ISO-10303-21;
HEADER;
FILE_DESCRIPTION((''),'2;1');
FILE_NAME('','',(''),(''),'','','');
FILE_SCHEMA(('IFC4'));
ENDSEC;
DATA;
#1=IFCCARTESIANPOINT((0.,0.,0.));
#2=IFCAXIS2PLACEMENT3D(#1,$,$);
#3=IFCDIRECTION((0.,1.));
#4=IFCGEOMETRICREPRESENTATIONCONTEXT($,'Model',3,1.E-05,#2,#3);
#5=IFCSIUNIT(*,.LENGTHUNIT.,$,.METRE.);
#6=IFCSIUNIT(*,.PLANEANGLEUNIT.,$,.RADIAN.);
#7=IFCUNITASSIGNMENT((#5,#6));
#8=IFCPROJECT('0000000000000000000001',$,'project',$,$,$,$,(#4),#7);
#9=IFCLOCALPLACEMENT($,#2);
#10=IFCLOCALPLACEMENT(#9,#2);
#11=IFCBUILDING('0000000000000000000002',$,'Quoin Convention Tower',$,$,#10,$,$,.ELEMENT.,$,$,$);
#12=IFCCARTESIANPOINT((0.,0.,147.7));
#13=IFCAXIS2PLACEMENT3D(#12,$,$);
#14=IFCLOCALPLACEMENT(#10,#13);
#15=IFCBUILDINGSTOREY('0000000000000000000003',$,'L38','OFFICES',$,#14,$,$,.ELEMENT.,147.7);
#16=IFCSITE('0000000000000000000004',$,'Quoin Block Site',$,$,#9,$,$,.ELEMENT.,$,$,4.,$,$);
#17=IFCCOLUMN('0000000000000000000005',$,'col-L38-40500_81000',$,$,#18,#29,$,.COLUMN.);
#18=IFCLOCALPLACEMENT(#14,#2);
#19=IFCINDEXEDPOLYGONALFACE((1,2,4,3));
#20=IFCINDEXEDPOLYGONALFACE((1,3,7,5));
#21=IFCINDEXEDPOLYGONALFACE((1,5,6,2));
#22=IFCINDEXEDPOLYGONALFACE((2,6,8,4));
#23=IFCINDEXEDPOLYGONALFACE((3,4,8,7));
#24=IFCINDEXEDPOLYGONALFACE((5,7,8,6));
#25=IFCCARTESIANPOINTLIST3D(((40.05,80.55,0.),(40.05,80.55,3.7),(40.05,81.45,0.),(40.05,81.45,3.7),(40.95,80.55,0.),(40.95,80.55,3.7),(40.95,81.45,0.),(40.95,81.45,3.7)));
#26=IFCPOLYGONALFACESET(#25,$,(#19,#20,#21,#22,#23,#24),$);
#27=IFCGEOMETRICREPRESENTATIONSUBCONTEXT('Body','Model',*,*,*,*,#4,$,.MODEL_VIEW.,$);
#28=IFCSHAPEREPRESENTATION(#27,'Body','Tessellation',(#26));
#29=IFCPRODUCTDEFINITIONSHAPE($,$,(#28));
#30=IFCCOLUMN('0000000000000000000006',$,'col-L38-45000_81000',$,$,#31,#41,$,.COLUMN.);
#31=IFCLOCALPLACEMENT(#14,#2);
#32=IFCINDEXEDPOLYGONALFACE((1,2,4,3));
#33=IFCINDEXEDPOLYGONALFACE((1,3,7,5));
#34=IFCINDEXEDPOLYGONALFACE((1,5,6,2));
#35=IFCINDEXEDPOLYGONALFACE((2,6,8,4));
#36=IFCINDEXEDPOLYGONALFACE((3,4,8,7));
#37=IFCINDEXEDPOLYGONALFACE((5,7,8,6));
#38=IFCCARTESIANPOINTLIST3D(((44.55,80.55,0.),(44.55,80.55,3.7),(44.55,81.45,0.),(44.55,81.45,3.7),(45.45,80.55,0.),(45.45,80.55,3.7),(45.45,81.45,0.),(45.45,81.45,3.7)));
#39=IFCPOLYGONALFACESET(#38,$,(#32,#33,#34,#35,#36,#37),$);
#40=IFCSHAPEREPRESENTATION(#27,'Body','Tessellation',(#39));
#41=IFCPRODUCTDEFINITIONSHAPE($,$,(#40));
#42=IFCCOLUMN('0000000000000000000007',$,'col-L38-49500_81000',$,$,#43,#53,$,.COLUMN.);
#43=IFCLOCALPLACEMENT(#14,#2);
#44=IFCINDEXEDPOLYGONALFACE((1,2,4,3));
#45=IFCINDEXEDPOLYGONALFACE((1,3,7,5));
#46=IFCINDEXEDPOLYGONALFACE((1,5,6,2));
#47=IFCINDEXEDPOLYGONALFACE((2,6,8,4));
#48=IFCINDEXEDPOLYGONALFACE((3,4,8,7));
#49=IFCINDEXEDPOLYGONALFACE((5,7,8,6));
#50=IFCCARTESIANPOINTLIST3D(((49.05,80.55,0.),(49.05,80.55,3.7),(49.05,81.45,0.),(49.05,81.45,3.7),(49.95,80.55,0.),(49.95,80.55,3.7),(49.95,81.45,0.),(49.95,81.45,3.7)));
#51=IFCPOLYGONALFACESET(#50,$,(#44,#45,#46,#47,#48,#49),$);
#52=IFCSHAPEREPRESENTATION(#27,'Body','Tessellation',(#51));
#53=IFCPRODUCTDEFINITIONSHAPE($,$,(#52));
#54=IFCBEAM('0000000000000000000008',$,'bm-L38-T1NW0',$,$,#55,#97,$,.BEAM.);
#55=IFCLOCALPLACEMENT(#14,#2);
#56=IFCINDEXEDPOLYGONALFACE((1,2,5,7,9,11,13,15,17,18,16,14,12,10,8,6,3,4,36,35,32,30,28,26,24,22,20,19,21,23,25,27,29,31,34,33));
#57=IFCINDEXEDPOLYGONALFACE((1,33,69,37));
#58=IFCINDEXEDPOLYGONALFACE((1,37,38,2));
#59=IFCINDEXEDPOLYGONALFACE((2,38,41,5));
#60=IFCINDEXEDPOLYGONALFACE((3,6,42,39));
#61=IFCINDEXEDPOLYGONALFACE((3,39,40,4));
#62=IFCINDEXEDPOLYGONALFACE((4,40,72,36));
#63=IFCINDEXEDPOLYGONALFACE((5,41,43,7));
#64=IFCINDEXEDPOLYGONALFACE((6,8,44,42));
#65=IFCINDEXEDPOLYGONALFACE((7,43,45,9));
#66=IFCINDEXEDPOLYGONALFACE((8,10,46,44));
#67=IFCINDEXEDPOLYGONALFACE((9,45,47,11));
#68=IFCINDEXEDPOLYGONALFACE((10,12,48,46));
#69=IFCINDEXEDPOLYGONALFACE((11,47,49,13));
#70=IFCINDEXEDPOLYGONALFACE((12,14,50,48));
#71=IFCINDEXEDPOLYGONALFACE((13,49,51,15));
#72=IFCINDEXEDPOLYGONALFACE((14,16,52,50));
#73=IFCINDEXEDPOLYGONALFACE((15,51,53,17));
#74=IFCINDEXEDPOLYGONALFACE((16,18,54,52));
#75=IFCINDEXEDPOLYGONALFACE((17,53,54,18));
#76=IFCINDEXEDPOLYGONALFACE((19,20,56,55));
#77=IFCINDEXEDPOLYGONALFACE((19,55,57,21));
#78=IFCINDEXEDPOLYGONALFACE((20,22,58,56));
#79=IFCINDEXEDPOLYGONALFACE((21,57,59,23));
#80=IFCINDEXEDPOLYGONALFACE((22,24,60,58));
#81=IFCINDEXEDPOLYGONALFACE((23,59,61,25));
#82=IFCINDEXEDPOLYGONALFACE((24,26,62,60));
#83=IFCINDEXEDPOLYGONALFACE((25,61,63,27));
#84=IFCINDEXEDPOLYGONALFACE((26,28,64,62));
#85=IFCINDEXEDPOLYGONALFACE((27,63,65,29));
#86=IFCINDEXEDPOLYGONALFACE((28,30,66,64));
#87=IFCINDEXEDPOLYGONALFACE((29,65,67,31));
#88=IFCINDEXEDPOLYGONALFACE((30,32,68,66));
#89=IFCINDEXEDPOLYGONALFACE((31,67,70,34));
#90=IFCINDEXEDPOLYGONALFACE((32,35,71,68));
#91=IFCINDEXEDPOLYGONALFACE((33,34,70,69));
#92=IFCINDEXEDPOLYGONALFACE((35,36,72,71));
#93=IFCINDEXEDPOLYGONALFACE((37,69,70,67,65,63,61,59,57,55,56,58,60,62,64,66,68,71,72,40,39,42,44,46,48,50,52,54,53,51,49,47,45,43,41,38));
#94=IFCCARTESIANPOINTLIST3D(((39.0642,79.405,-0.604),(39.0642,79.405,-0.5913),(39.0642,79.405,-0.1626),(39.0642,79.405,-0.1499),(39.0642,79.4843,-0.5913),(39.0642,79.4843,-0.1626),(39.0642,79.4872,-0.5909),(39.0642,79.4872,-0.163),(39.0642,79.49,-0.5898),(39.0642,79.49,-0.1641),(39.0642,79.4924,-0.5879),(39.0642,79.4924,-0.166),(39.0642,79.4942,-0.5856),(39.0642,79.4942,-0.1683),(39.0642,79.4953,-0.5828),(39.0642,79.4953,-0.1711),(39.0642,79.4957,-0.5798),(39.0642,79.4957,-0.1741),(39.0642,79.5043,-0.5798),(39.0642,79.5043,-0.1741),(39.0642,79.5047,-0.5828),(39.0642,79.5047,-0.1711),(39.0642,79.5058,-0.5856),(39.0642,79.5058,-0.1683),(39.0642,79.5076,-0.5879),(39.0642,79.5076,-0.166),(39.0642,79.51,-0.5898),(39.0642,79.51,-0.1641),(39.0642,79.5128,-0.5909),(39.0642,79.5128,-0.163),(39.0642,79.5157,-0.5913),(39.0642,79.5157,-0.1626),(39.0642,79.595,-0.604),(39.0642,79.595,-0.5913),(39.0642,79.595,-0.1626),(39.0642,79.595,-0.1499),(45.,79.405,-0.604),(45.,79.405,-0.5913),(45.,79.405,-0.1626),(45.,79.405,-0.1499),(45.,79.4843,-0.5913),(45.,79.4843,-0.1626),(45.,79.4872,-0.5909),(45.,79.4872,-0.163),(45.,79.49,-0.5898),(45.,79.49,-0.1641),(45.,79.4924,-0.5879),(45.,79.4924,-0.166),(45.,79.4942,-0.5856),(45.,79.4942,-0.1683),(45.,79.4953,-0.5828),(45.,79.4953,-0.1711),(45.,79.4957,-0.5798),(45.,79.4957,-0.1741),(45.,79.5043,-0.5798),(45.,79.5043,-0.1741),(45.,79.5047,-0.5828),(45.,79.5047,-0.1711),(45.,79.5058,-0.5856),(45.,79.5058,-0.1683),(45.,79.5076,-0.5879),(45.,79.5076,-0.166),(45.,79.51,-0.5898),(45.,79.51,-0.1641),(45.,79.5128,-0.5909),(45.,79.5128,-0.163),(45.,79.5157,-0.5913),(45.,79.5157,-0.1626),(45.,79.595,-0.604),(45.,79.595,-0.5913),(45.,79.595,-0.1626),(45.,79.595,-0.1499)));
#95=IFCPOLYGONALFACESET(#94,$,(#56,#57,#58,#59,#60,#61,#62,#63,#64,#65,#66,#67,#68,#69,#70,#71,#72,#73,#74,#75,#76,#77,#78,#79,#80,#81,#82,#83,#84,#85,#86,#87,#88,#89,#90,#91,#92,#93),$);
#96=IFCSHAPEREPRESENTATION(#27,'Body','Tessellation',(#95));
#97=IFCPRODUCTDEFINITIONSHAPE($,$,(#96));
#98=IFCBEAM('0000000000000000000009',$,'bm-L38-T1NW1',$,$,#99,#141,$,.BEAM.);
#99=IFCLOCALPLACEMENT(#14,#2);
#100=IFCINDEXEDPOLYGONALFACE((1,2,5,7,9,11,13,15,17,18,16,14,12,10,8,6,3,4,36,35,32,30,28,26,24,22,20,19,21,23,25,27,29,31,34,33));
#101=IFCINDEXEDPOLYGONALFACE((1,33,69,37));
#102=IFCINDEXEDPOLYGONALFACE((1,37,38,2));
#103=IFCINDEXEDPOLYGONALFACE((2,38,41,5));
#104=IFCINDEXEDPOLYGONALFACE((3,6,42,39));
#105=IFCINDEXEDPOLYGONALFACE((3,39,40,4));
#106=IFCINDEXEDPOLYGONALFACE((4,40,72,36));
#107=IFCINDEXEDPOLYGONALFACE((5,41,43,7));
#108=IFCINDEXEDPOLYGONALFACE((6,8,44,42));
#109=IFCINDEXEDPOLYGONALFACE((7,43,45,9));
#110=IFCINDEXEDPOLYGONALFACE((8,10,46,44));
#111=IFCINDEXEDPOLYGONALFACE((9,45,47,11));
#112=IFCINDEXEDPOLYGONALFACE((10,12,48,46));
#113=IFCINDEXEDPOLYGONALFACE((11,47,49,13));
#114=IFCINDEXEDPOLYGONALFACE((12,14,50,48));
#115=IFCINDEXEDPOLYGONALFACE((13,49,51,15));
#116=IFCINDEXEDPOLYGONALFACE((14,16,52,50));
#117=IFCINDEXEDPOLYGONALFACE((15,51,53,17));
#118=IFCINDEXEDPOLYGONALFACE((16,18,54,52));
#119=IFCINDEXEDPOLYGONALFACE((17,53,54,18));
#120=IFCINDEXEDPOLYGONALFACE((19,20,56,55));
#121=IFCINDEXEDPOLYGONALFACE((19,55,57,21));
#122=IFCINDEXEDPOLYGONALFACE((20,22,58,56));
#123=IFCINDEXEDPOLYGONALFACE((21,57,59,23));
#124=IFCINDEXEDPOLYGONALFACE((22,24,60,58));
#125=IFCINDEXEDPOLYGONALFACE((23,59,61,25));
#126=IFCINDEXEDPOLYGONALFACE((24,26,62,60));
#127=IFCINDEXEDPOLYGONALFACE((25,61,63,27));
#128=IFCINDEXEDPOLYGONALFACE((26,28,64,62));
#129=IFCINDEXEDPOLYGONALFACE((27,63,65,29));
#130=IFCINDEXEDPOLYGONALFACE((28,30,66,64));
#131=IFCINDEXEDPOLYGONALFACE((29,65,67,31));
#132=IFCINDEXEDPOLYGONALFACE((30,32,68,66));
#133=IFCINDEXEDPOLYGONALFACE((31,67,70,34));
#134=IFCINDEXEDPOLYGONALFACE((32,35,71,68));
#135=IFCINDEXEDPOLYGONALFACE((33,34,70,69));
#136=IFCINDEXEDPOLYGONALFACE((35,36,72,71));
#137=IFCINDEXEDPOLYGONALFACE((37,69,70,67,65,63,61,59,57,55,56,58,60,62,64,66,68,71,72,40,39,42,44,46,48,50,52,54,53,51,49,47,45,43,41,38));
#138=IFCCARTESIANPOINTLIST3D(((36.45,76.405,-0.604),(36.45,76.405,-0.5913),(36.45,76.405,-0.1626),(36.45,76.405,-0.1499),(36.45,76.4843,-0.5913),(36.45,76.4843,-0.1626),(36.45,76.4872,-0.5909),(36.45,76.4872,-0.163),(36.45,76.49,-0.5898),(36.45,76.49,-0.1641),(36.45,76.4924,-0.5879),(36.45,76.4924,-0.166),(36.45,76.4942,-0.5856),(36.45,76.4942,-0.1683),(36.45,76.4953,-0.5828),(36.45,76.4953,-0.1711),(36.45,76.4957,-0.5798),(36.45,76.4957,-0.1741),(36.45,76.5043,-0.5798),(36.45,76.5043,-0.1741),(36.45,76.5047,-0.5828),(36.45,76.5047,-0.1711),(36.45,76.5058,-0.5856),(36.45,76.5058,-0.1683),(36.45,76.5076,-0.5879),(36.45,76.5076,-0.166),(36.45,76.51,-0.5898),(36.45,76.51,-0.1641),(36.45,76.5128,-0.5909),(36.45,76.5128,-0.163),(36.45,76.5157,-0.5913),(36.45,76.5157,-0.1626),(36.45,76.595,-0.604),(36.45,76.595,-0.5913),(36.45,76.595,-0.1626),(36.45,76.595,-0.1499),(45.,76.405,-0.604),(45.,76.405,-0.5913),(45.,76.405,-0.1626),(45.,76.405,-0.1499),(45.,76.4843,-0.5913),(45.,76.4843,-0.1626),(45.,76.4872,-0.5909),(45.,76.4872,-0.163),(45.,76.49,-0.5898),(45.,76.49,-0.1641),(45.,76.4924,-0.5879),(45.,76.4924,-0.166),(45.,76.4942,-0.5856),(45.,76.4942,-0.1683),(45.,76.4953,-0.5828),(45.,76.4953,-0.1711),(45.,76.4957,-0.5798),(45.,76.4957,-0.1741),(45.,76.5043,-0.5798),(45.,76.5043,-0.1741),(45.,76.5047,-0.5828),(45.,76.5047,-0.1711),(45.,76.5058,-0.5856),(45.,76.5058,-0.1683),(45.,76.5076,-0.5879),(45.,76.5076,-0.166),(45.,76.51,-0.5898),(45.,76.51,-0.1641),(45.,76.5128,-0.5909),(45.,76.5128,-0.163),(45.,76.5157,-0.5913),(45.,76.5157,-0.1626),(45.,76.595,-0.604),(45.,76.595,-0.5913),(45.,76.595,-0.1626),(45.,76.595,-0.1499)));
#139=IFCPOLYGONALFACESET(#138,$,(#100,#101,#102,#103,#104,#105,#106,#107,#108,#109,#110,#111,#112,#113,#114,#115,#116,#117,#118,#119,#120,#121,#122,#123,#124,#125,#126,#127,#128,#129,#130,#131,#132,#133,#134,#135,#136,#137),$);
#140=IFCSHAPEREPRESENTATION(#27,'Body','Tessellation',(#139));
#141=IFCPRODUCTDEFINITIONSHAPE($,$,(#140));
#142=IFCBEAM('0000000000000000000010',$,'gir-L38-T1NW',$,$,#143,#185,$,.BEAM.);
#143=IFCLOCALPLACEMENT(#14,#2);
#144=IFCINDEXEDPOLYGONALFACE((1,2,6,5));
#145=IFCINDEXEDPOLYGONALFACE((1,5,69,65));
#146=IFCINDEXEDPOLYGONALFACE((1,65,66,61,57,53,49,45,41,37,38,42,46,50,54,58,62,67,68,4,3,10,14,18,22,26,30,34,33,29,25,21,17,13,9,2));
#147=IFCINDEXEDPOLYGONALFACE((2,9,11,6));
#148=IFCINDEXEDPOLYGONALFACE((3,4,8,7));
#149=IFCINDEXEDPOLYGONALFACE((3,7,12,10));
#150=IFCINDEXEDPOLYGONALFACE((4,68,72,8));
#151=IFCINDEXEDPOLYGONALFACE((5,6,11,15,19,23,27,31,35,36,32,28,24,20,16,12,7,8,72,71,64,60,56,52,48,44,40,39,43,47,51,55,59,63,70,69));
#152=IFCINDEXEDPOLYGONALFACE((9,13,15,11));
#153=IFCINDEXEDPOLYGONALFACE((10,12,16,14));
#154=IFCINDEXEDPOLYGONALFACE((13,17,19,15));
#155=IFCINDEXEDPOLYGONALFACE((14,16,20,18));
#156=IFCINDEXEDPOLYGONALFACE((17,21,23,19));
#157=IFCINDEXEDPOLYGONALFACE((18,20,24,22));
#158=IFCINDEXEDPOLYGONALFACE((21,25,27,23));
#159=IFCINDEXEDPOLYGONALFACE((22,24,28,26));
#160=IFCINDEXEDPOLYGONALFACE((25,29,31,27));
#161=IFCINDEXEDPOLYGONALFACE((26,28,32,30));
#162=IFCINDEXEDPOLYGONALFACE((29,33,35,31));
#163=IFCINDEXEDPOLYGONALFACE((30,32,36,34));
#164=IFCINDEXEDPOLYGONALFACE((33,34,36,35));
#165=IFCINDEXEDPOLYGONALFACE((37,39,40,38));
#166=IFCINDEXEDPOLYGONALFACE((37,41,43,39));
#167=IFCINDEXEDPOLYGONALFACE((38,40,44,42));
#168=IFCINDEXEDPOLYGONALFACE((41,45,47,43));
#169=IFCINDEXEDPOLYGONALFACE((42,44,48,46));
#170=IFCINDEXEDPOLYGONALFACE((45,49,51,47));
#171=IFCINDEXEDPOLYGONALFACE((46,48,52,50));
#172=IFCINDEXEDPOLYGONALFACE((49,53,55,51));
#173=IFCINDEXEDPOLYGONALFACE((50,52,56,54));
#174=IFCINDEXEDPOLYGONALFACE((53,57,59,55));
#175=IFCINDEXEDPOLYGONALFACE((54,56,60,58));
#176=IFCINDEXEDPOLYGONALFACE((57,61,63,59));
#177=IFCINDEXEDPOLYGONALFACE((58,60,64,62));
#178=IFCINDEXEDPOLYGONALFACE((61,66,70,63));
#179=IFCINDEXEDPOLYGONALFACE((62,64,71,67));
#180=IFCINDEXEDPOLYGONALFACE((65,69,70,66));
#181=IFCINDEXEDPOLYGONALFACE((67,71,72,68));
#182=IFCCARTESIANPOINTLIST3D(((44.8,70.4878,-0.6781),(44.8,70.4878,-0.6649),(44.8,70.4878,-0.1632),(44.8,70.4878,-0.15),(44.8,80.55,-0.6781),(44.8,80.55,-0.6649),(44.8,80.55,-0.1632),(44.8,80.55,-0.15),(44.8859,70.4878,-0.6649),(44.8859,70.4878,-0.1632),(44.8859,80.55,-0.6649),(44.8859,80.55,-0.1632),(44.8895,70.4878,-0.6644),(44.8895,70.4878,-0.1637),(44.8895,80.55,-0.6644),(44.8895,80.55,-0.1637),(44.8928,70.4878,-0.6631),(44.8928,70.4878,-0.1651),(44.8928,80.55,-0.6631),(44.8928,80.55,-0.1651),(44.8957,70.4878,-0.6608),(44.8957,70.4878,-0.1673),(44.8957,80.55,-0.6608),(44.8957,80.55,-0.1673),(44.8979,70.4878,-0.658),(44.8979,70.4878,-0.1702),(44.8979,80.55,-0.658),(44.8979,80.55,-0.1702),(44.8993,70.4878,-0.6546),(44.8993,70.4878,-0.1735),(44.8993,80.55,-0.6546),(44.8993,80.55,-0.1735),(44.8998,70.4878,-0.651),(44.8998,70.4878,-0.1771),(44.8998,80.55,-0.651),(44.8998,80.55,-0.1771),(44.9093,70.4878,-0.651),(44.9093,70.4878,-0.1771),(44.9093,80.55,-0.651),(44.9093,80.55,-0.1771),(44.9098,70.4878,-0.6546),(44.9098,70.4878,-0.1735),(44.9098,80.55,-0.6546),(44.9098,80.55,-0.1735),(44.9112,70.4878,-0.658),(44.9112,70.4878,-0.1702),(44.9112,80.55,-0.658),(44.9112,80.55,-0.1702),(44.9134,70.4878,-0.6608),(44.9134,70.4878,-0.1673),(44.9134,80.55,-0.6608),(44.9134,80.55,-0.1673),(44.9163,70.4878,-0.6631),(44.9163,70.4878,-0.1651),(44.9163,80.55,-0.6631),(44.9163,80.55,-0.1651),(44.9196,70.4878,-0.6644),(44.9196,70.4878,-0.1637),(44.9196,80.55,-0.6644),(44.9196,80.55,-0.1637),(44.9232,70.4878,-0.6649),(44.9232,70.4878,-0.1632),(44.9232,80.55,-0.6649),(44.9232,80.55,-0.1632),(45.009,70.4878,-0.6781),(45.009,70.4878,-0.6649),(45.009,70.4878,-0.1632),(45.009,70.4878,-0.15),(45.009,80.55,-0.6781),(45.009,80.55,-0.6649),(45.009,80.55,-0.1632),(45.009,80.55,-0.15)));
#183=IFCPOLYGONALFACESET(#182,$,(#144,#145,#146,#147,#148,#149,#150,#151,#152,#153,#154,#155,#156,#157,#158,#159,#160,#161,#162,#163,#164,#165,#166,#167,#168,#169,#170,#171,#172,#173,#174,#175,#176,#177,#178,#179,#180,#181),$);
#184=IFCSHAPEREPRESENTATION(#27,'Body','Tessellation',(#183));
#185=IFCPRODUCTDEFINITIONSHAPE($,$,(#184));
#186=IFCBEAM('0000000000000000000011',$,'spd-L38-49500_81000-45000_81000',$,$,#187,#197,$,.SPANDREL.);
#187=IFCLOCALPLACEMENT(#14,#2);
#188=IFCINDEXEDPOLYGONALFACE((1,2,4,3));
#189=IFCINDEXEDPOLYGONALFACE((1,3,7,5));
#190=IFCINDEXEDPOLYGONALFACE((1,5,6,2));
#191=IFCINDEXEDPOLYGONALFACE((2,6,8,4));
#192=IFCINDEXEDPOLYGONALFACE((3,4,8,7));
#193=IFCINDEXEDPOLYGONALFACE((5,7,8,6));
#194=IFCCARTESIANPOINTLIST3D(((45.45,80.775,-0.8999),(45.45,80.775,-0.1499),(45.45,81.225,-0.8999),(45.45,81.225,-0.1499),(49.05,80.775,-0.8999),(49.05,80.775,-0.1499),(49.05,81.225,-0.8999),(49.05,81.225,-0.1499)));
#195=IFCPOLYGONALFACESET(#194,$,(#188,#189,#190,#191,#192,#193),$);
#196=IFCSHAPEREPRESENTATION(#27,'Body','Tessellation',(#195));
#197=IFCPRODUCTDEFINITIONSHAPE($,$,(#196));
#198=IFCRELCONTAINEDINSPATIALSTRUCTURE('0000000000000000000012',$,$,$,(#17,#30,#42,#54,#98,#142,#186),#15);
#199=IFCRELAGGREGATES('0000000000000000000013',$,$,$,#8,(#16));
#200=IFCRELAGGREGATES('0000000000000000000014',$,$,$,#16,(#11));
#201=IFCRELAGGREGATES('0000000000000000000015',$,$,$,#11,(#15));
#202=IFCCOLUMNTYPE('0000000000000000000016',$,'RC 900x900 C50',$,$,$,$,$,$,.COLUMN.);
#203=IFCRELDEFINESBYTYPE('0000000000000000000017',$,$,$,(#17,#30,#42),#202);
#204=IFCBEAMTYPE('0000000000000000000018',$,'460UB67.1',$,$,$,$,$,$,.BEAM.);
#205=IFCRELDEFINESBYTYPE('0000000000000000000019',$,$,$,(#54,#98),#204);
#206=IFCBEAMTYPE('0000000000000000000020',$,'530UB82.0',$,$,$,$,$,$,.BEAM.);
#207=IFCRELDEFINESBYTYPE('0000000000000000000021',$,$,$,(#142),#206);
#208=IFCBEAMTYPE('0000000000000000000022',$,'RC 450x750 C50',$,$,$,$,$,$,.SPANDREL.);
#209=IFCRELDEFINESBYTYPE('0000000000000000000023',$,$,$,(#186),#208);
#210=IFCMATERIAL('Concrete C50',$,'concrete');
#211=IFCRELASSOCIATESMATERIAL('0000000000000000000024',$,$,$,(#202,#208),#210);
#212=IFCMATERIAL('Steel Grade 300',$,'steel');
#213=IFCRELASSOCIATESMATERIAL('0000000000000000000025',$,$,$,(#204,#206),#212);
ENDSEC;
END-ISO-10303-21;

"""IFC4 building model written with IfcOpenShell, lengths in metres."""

from ifc_helpers import new_model, si_unit, direction, frame, origin, origin_2d, place, context, subcontext, project, spatial, rectangle, i_section, extrude, material, material_profile, profile_set, type_object, element, save


model = new_model("IFC4")

# Units and contexts
model_context = context("Model", 3, precision=1e-05, world=origin(), true_north=direction((0.0, 1.0)))
body_context = subcontext(model_context, "Body", "Model", "MODEL_VIEW")
ifc_project = project(units=[si_unit("LENGTHUNIT", "METRE"), si_unit("PLANEANGLEUNIT", "RADIAN")], contexts=[model_context])

# Site, building, storey
site_placement = place(None, origin())
site = spatial("IfcSite", under=ifc_project, at=site_placement, Name="Quoin Block Site", CompositionType="ELEMENT", RefElevation=4.0)
building_placement = place(site_placement, origin())
building = spatial("IfcBuilding", under=site, at=building_placement, Name="Quoin Convention Tower", CompositionType="ELEMENT")
storey_placement = place(building_placement, frame((0.0, 0.0, 147.7)))
storey = spatial("IfcBuildingStorey", under=building, at=storey_placement, Name="L38", Description="OFFICES", CompositionType="ELEMENT", Elevation=147.7)

# Columns
ifc_material_1 = material(Name="Concrete C50", Category="concrete")
ifc_material_profile_1 = material_profile(ifc_material_1, rectangle(XDim=0.8999, YDim=0.8999, at=origin_2d()), Name="RC 900x900")
ifc_profile_set_1 = profile_set([ifc_material_profile_1], Name="Concrete C50")
column_type = type_object("IfcColumnType", Name="RC 900x900 C50", PredefinedType="COLUMN", material=ifc_profile_set_1)
for number, where, z_axis, x_axis, name in (
    (1, (40.5, 81.0, 0.0), (0.0, 0.0, 1.0), (1.0, 0.0, 0.0), "col-L38-40500_81000"),
    (2, (45.0, 81.0, 0.0), (0.0, 0.0, 1.0), (1.0, 0.0, 0.0), "col-L38-45000_81000"),
    (3, (49.5, 81.0, 0.0), (0.0, 0.0, 1.0), (1.0, 0.0, 0.0), "col-L38-49500_81000"),
):
    element("IfcColumn", number, at=place(storey_placement, frame(where, z_axis=z_axis, x_axis=x_axis)), inside=storey, type_object=column_type, Name=name, PredefinedType="COLUMN", context=body_context, shape_type="SweptSolid", body=[
        extrude(rectangle(XDim=0.8999, YDim=0.8999, at=origin_2d()), origin(), (0.0, 0.0, 1.0), 3.7),
    ])

# Beams
ifc_material_2 = material(Name="Steel Grade 300", Category="steel")
ifc_material_profile_2 = material_profile(ifc_material_2, i_section(OverallWidth=0.1899, OverallDepth=0.4541, WebThickness=0.0085, FlangeThickness=0.0127, FilletRadius=0.0115, at=origin_2d()), Name="460UB67.1")
ifc_profile_set_2 = profile_set([ifc_material_profile_2], Name="Steel Grade 300")
beam_type_1 = type_object("IfcBeamType", Name="460UB67.1", PredefinedType="BEAM", material=ifc_profile_set_2)
beam_1_placement = place(storey_placement, frame((39.0642, 79.5, -0.377), z_axis=(1.0, 0.0, 0.0), x_axis=(0.0, 1.0, 0.0)))
element("IfcBeam", 4, at=beam_1_placement, inside=storey, type_object=beam_type_1, Name="bm-L38-T1NW0", PredefinedType="BEAM", context=body_context, shape_type="SweptSolid", body=[
    extrude(i_section(OverallWidth=0.1899, OverallDepth=0.4541, WebThickness=0.0085, FlangeThickness=0.0127, FilletRadius=0.0115, at=origin_2d()), origin(), (0.0, 0.0, 1.0), 5.9358),
])
beam_2_placement = place(storey_placement, frame((36.45, 76.5, -0.377), z_axis=(1.0, 0.0, 0.0), x_axis=(0.0, 1.0, 0.0)))
element("IfcBeam", 5, at=beam_2_placement, inside=storey, type_object=beam_type_1, Name="bm-L38-T1NW1", PredefinedType="BEAM", context=body_context, shape_type="SweptSolid", body=[
    extrude(i_section(OverallWidth=0.1899, OverallDepth=0.4541, WebThickness=0.0085, FlangeThickness=0.0127, FilletRadius=0.0115, at=origin_2d()), origin(), (0.0, 0.0, 1.0), 8.55),
])
ifc_material_profile_3 = material_profile(ifc_material_2, i_section(OverallWidth=0.209, OverallDepth=0.5281, WebThickness=0.0095, FlangeThickness=0.0132, FilletRadius=0.0139, at=origin_2d()), Name="530UB82.0")
ifc_profile_set_3 = profile_set([ifc_material_profile_3], Name="Steel Grade 300")
beam_type_2 = type_object("IfcBeamType", Name="530UB82.0", PredefinedType="BEAM", material=ifc_profile_set_3)
beam_3_placement = place(storey_placement, frame((44.9045, 80.55, -0.4141), z_axis=(0.0, -1.0, 0.0), x_axis=(1.0, 0.0, 0.0)))
element("IfcBeam", 6, at=beam_3_placement, inside=storey, type_object=beam_type_2, Name="gir-L38-T1NW", PredefinedType="BEAM", context=body_context, shape_type="SweptSolid", body=[
    extrude(i_section(OverallWidth=0.209, OverallDepth=0.5281, WebThickness=0.0095, FlangeThickness=0.0132, FilletRadius=0.0139, at=origin_2d()), origin(), (0.0, 0.0, 1.0), 10.0623),
])
ifc_material_profile_4 = material_profile(ifc_material_1, rectangle(XDim=0.45, YDim=0.75, at=origin_2d()), Name="RC 450x750")
ifc_profile_set_4 = profile_set([ifc_material_profile_4], Name="Concrete C50")
beam_type_3 = type_object("IfcBeamType", Name="RC 450x750 C50", PredefinedType="SPANDREL", material=ifc_profile_set_4)
for number, where, z_axis, x_axis, name in (
    (7, (49.05, 81.0, -0.5249), (-1.0, 0.0, 0.0), (0.0, -1.0, 0.0), "spd-L38-49500_81000-45000_81000"),
):
    element("IfcBeam", number, at=place(storey_placement, frame(where, z_axis=z_axis, x_axis=x_axis)), inside=storey, type_object=beam_type_3, Name=name, PredefinedType="SPANDREL", context=body_context, shape_type="SweptSolid", body=[
        extrude(rectangle(XDim=0.45, YDim=0.75, at=origin_2d()), origin(), (0.0, 0.0, 1.0), 3.6001),
    ])

save(model, "model.ifc")
